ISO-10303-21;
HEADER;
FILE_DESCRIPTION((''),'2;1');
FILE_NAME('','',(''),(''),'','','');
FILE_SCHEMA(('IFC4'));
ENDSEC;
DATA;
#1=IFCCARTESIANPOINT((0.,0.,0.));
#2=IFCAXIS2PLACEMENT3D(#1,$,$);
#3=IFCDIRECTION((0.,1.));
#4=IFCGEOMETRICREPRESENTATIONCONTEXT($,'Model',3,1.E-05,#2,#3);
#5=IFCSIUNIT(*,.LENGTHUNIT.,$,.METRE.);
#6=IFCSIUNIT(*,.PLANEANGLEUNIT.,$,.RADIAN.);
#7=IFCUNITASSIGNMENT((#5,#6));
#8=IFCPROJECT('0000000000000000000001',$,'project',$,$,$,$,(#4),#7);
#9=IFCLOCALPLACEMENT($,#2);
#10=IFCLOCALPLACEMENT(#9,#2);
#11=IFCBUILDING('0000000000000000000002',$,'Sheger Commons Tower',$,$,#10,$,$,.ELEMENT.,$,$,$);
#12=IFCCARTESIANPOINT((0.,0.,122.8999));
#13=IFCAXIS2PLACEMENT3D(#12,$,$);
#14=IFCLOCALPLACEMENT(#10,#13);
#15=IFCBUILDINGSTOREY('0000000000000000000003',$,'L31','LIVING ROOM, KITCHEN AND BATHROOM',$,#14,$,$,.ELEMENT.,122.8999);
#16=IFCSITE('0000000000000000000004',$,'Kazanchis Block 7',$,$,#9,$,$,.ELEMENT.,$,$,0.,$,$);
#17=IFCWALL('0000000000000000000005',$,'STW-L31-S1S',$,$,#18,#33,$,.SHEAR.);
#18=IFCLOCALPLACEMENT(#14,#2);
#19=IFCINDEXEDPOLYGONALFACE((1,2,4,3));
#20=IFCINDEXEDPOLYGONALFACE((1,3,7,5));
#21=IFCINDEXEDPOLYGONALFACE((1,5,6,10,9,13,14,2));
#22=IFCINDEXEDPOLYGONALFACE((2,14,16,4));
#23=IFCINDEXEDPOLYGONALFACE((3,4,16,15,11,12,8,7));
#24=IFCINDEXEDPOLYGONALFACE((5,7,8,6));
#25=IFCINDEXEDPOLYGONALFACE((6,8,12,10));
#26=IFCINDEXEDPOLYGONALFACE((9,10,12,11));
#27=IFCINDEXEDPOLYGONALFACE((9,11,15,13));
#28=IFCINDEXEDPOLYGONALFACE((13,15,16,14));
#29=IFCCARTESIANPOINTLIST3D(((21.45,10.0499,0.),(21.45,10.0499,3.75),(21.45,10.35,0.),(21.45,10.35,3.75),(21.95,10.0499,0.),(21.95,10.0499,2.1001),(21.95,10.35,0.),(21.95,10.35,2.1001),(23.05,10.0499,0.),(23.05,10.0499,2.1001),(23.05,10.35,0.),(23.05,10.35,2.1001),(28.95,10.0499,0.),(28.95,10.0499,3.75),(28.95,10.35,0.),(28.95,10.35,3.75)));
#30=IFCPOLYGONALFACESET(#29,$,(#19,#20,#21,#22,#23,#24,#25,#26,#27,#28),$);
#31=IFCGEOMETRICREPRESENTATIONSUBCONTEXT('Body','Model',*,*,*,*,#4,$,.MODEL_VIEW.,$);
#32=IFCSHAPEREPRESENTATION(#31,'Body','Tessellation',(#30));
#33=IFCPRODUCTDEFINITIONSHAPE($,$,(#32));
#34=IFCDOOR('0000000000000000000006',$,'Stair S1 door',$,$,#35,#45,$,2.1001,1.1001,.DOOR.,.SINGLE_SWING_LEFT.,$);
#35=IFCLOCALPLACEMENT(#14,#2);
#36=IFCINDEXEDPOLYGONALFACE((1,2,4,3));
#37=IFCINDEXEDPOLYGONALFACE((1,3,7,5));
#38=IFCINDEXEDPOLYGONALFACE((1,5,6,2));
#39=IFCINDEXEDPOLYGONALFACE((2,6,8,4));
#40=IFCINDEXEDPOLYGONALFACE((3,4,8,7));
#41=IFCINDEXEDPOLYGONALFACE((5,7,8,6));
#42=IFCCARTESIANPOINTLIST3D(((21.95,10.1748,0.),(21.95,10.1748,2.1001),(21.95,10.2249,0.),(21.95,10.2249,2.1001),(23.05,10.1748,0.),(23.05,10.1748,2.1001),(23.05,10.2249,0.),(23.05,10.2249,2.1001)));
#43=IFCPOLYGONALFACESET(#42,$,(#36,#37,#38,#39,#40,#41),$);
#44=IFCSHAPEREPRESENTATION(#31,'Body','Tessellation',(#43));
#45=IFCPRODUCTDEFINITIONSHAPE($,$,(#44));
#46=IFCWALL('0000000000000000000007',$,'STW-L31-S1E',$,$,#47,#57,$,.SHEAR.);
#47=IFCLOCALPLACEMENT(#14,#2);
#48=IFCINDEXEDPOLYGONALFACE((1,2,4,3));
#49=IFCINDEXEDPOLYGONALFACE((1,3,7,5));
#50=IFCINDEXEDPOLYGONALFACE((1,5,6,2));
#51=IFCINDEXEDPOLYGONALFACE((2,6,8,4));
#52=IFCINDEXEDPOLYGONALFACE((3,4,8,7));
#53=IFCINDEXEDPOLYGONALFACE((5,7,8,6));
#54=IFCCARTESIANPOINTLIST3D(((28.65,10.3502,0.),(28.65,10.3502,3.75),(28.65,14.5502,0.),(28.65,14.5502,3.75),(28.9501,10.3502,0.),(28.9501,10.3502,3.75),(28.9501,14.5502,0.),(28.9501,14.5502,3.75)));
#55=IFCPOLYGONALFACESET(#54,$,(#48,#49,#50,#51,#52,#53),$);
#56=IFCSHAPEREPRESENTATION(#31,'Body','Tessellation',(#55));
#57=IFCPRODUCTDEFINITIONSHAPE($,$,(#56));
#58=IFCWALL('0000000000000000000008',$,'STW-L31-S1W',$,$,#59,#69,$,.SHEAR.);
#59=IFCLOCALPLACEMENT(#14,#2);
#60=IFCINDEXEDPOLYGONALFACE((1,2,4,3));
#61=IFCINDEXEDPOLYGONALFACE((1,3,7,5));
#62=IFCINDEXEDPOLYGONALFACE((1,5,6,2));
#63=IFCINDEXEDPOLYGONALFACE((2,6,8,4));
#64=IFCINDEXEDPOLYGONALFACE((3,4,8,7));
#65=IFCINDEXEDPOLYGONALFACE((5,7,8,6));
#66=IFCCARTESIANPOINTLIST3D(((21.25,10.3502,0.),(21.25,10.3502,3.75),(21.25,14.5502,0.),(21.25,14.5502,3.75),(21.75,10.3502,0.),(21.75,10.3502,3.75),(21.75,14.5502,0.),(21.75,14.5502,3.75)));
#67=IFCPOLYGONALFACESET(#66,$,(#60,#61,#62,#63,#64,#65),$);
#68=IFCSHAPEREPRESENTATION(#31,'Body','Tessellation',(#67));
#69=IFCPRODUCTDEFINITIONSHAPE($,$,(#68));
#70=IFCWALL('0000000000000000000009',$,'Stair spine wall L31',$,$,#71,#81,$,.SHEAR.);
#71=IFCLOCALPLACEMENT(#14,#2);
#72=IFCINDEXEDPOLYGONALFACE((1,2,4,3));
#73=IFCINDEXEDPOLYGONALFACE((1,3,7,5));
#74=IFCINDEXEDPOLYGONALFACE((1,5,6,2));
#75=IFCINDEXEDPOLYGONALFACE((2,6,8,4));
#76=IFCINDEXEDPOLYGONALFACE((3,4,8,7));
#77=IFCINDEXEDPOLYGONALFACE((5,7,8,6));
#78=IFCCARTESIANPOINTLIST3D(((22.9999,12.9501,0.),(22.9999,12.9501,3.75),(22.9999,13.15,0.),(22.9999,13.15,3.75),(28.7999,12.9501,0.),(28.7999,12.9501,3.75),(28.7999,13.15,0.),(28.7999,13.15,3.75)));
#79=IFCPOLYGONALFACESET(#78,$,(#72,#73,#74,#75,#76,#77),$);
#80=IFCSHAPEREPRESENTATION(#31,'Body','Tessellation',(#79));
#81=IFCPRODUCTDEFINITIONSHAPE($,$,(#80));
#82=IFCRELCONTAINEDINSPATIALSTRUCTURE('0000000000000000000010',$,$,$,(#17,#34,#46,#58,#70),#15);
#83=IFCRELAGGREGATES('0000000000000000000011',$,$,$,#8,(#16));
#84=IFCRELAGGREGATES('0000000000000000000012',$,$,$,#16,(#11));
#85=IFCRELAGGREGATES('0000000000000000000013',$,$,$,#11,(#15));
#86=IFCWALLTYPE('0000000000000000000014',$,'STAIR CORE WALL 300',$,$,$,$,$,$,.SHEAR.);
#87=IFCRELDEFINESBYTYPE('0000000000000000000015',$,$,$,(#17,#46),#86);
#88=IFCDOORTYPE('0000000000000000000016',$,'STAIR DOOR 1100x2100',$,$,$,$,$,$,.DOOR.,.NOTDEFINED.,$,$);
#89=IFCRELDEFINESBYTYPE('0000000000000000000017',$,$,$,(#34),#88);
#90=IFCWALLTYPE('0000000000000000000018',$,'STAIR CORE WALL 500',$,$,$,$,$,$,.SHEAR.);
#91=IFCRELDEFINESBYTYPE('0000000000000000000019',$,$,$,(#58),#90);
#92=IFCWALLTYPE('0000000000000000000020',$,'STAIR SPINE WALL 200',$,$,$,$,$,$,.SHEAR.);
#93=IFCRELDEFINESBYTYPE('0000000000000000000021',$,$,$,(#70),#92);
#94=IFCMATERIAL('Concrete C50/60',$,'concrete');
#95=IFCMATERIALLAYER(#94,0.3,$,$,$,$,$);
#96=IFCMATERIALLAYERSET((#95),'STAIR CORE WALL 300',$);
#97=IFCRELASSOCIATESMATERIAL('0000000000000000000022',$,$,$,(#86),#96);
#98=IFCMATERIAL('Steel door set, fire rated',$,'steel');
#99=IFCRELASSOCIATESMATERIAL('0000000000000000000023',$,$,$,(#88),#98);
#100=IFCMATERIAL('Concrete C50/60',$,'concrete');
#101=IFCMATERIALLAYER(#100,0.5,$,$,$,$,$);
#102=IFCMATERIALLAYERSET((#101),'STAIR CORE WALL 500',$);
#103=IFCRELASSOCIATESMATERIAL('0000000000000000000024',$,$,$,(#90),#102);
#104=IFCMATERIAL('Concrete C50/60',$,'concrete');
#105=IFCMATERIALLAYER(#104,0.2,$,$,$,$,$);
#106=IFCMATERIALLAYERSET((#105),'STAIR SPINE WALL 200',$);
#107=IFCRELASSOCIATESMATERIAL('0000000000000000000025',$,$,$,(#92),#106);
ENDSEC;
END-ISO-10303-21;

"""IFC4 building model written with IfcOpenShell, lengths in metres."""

from ifc_helpers import new_model, si_unit, direction, frame, frame_2d, origin, place, context, subcontext, project, spatial, rectangle, extrude, material, layer, layer_set, type_object, element, fill, save


model = new_model("IFC4")

# Units and contexts
model_context = context("Model", 3, precision=1e-05, world=origin(), true_north=direction((0.0, 1.0)))
body_context = subcontext(model_context, "Body", "Model", "MODEL_VIEW")
ifc_project = project(units=[si_unit("LENGTHUNIT", "METRE"), si_unit("PLANEANGLEUNIT", "RADIAN")], contexts=[model_context])

# Site, building, storey
site_placement = place(None, origin())
site = spatial("IfcSite", under=ifc_project, at=site_placement, Name="Kazanchis Block 7", CompositionType="ELEMENT", RefElevation=0.0)
building_placement = place(site_placement, origin())
building = spatial("IfcBuilding", under=site, at=building_placement, Name="Sheger Commons Tower", CompositionType="ELEMENT")
storey_placement = place(building_placement, frame((0.0, 0.0, 122.8999)))
storey = spatial("IfcBuildingStorey", under=building, at=storey_placement, Name="L31", Description="LIVING ROOM, KITCHEN AND BATHROOM", CompositionType="ELEMENT", Elevation=122.8999)

# Wall, opening, door
ifc_material_1 = material(Name="Concrete C50/60", Category="concrete")
ifc_layer_1 = layer(ifc_material_1, 0.3)
ifc_layer_set_1 = layer_set([ifc_layer_1], Name="STAIR CORE WALL 300")
wall_type_1 = type_object("IfcWallType", Name="STAIR CORE WALL 300", PredefinedType="SHEAR", material=ifc_layer_set_1)
wall_1_placement = place(storey_placement, frame((21.45, 10.2, 0.0), z_axis=(0.0, 0.0, 1.0), x_axis=(1.0, 0.0, 0.0)))
wall_1 = element("IfcWall", 1, at=wall_1_placement, inside=storey, type_object=wall_type_1, Name="STW-L31-S1S", PredefinedType="SHEAR", context=body_context, shape_type="SweptSolid", body=[
    extrude(rectangle(XDim=7.5, YDim=0.3, at=frame_2d((3.75, 0.0))), origin(), (0.0, 0.0, 1.0), 3.75),
])
opening_1_placement = place(wall_1_placement, frame((0.5, 0.0, 0.0)))
opening_1 = element("IfcOpeningElement", 2, at=opening_1_placement, cuts=wall_1, PredefinedType="OPENING", context=body_context, shape_type="SweptSolid", body=[
    extrude(rectangle(XDim=1.1001, YDim=2.1001, at=frame_2d((0.55, 1.05))), frame((0.0, 0.1599, 0.0), z_axis=(0.0, -1.0, 0.0), x_axis=(1.0, 0.0, 0.0)), (0.0, 0.0, 1.0), 0.3201),
])
ifc_material_2 = material(Name="Steel door set, fire rated", Category="steel")
door_type_1 = type_object("IfcDoorType", Name="STAIR DOOR 1100x2100", OperationType="NOTDEFINED", PredefinedType="DOOR", material=ifc_material_2)
door_1_placement = place(opening_1_placement, origin())
door_1 = element("IfcDoor", 3, at=door_1_placement, inside=storey, type_object=door_type_1, Name="Stair S1 door", OperationType="SINGLE_SWING_LEFT", OverallHeight=2.1001, OverallWidth=1.1001, PredefinedType="DOOR", context=body_context, shape_type="SweptSolid", body=[
    extrude(rectangle(XDim=1.1001, YDim=2.1001, at=frame_2d((0.55, 1.05))), frame((0.0, 0.0249, 0.0), z_axis=(0.0, -1.0, 0.0), x_axis=(1.0, 0.0, 0.0)), (0.0, 0.0, 1.0), 0.05),
])
fill(opening_1, door_1)

# Walls
wall_2_placement = place(storey_placement, frame((28.8, 10.3501, 0.0), z_axis=(0.0, 0.0, 1.0), x_axis=(0.0, 1.0, 0.0)))
element("IfcWall", 4, at=wall_2_placement, inside=storey, type_object=wall_type_1, Name="STW-L31-S1E", PredefinedType="SHEAR", context=body_context, shape_type="SweptSolid", body=[
    extrude(rectangle(XDim=4.2, YDim=0.3, at=frame_2d((2.1001, 0.0))), origin(), (0.0, 0.0, 1.0), 3.75),
])
ifc_material_3 = material(Name="Concrete C50/60", Category="concrete")
ifc_layer_2 = layer(ifc_material_3, 0.5)
ifc_layer_set_2 = layer_set([ifc_layer_2], Name="STAIR CORE WALL 500")
wall_type_2 = type_object("IfcWallType", Name="STAIR CORE WALL 500", PredefinedType="SHEAR", material=ifc_layer_set_2)
wall_3_placement = place(storey_placement, frame((21.5, 10.3501, 0.0), z_axis=(0.0, 0.0, 1.0), x_axis=(0.0, 1.0, 0.0)))
element("IfcWall", 5, at=wall_3_placement, inside=storey, type_object=wall_type_2, Name="STW-L31-S1W", PredefinedType="SHEAR", context=body_context, shape_type="SweptSolid", body=[
    extrude(rectangle(XDim=4.2, YDim=0.5, at=frame_2d((2.1001, 0.0))), origin(), (0.0, 0.0, 1.0), 3.75),
])
ifc_material_4 = material(Name="Concrete C50/60", Category="concrete")
ifc_layer_3 = layer(ifc_material_4, 0.2)
ifc_layer_set_3 = layer_set([ifc_layer_3], Name="STAIR SPINE WALL 200")
wall_type_3 = type_object("IfcWallType", Name="STAIR SPINE WALL 200", PredefinedType="SHEAR", material=ifc_layer_set_3)
wall_4_placement = place(storey_placement, frame((23.0, 13.05, 0.0), z_axis=(0.0, 0.0, 1.0), x_axis=(1.0, 0.0, 0.0)))
element("IfcWall", 6, at=wall_4_placement, inside=storey, type_object=wall_type_3, Name="Stair spine wall L31", PredefinedType="SHEAR", context=body_context, shape_type="SweptSolid", body=[
    extrude(rectangle(XDim=5.8, YDim=0.2, at=frame_2d((2.8999, 0.0))), origin(), (0.0, 0.0, 1.0), 3.75),
])

save(model, "model.ifc")
